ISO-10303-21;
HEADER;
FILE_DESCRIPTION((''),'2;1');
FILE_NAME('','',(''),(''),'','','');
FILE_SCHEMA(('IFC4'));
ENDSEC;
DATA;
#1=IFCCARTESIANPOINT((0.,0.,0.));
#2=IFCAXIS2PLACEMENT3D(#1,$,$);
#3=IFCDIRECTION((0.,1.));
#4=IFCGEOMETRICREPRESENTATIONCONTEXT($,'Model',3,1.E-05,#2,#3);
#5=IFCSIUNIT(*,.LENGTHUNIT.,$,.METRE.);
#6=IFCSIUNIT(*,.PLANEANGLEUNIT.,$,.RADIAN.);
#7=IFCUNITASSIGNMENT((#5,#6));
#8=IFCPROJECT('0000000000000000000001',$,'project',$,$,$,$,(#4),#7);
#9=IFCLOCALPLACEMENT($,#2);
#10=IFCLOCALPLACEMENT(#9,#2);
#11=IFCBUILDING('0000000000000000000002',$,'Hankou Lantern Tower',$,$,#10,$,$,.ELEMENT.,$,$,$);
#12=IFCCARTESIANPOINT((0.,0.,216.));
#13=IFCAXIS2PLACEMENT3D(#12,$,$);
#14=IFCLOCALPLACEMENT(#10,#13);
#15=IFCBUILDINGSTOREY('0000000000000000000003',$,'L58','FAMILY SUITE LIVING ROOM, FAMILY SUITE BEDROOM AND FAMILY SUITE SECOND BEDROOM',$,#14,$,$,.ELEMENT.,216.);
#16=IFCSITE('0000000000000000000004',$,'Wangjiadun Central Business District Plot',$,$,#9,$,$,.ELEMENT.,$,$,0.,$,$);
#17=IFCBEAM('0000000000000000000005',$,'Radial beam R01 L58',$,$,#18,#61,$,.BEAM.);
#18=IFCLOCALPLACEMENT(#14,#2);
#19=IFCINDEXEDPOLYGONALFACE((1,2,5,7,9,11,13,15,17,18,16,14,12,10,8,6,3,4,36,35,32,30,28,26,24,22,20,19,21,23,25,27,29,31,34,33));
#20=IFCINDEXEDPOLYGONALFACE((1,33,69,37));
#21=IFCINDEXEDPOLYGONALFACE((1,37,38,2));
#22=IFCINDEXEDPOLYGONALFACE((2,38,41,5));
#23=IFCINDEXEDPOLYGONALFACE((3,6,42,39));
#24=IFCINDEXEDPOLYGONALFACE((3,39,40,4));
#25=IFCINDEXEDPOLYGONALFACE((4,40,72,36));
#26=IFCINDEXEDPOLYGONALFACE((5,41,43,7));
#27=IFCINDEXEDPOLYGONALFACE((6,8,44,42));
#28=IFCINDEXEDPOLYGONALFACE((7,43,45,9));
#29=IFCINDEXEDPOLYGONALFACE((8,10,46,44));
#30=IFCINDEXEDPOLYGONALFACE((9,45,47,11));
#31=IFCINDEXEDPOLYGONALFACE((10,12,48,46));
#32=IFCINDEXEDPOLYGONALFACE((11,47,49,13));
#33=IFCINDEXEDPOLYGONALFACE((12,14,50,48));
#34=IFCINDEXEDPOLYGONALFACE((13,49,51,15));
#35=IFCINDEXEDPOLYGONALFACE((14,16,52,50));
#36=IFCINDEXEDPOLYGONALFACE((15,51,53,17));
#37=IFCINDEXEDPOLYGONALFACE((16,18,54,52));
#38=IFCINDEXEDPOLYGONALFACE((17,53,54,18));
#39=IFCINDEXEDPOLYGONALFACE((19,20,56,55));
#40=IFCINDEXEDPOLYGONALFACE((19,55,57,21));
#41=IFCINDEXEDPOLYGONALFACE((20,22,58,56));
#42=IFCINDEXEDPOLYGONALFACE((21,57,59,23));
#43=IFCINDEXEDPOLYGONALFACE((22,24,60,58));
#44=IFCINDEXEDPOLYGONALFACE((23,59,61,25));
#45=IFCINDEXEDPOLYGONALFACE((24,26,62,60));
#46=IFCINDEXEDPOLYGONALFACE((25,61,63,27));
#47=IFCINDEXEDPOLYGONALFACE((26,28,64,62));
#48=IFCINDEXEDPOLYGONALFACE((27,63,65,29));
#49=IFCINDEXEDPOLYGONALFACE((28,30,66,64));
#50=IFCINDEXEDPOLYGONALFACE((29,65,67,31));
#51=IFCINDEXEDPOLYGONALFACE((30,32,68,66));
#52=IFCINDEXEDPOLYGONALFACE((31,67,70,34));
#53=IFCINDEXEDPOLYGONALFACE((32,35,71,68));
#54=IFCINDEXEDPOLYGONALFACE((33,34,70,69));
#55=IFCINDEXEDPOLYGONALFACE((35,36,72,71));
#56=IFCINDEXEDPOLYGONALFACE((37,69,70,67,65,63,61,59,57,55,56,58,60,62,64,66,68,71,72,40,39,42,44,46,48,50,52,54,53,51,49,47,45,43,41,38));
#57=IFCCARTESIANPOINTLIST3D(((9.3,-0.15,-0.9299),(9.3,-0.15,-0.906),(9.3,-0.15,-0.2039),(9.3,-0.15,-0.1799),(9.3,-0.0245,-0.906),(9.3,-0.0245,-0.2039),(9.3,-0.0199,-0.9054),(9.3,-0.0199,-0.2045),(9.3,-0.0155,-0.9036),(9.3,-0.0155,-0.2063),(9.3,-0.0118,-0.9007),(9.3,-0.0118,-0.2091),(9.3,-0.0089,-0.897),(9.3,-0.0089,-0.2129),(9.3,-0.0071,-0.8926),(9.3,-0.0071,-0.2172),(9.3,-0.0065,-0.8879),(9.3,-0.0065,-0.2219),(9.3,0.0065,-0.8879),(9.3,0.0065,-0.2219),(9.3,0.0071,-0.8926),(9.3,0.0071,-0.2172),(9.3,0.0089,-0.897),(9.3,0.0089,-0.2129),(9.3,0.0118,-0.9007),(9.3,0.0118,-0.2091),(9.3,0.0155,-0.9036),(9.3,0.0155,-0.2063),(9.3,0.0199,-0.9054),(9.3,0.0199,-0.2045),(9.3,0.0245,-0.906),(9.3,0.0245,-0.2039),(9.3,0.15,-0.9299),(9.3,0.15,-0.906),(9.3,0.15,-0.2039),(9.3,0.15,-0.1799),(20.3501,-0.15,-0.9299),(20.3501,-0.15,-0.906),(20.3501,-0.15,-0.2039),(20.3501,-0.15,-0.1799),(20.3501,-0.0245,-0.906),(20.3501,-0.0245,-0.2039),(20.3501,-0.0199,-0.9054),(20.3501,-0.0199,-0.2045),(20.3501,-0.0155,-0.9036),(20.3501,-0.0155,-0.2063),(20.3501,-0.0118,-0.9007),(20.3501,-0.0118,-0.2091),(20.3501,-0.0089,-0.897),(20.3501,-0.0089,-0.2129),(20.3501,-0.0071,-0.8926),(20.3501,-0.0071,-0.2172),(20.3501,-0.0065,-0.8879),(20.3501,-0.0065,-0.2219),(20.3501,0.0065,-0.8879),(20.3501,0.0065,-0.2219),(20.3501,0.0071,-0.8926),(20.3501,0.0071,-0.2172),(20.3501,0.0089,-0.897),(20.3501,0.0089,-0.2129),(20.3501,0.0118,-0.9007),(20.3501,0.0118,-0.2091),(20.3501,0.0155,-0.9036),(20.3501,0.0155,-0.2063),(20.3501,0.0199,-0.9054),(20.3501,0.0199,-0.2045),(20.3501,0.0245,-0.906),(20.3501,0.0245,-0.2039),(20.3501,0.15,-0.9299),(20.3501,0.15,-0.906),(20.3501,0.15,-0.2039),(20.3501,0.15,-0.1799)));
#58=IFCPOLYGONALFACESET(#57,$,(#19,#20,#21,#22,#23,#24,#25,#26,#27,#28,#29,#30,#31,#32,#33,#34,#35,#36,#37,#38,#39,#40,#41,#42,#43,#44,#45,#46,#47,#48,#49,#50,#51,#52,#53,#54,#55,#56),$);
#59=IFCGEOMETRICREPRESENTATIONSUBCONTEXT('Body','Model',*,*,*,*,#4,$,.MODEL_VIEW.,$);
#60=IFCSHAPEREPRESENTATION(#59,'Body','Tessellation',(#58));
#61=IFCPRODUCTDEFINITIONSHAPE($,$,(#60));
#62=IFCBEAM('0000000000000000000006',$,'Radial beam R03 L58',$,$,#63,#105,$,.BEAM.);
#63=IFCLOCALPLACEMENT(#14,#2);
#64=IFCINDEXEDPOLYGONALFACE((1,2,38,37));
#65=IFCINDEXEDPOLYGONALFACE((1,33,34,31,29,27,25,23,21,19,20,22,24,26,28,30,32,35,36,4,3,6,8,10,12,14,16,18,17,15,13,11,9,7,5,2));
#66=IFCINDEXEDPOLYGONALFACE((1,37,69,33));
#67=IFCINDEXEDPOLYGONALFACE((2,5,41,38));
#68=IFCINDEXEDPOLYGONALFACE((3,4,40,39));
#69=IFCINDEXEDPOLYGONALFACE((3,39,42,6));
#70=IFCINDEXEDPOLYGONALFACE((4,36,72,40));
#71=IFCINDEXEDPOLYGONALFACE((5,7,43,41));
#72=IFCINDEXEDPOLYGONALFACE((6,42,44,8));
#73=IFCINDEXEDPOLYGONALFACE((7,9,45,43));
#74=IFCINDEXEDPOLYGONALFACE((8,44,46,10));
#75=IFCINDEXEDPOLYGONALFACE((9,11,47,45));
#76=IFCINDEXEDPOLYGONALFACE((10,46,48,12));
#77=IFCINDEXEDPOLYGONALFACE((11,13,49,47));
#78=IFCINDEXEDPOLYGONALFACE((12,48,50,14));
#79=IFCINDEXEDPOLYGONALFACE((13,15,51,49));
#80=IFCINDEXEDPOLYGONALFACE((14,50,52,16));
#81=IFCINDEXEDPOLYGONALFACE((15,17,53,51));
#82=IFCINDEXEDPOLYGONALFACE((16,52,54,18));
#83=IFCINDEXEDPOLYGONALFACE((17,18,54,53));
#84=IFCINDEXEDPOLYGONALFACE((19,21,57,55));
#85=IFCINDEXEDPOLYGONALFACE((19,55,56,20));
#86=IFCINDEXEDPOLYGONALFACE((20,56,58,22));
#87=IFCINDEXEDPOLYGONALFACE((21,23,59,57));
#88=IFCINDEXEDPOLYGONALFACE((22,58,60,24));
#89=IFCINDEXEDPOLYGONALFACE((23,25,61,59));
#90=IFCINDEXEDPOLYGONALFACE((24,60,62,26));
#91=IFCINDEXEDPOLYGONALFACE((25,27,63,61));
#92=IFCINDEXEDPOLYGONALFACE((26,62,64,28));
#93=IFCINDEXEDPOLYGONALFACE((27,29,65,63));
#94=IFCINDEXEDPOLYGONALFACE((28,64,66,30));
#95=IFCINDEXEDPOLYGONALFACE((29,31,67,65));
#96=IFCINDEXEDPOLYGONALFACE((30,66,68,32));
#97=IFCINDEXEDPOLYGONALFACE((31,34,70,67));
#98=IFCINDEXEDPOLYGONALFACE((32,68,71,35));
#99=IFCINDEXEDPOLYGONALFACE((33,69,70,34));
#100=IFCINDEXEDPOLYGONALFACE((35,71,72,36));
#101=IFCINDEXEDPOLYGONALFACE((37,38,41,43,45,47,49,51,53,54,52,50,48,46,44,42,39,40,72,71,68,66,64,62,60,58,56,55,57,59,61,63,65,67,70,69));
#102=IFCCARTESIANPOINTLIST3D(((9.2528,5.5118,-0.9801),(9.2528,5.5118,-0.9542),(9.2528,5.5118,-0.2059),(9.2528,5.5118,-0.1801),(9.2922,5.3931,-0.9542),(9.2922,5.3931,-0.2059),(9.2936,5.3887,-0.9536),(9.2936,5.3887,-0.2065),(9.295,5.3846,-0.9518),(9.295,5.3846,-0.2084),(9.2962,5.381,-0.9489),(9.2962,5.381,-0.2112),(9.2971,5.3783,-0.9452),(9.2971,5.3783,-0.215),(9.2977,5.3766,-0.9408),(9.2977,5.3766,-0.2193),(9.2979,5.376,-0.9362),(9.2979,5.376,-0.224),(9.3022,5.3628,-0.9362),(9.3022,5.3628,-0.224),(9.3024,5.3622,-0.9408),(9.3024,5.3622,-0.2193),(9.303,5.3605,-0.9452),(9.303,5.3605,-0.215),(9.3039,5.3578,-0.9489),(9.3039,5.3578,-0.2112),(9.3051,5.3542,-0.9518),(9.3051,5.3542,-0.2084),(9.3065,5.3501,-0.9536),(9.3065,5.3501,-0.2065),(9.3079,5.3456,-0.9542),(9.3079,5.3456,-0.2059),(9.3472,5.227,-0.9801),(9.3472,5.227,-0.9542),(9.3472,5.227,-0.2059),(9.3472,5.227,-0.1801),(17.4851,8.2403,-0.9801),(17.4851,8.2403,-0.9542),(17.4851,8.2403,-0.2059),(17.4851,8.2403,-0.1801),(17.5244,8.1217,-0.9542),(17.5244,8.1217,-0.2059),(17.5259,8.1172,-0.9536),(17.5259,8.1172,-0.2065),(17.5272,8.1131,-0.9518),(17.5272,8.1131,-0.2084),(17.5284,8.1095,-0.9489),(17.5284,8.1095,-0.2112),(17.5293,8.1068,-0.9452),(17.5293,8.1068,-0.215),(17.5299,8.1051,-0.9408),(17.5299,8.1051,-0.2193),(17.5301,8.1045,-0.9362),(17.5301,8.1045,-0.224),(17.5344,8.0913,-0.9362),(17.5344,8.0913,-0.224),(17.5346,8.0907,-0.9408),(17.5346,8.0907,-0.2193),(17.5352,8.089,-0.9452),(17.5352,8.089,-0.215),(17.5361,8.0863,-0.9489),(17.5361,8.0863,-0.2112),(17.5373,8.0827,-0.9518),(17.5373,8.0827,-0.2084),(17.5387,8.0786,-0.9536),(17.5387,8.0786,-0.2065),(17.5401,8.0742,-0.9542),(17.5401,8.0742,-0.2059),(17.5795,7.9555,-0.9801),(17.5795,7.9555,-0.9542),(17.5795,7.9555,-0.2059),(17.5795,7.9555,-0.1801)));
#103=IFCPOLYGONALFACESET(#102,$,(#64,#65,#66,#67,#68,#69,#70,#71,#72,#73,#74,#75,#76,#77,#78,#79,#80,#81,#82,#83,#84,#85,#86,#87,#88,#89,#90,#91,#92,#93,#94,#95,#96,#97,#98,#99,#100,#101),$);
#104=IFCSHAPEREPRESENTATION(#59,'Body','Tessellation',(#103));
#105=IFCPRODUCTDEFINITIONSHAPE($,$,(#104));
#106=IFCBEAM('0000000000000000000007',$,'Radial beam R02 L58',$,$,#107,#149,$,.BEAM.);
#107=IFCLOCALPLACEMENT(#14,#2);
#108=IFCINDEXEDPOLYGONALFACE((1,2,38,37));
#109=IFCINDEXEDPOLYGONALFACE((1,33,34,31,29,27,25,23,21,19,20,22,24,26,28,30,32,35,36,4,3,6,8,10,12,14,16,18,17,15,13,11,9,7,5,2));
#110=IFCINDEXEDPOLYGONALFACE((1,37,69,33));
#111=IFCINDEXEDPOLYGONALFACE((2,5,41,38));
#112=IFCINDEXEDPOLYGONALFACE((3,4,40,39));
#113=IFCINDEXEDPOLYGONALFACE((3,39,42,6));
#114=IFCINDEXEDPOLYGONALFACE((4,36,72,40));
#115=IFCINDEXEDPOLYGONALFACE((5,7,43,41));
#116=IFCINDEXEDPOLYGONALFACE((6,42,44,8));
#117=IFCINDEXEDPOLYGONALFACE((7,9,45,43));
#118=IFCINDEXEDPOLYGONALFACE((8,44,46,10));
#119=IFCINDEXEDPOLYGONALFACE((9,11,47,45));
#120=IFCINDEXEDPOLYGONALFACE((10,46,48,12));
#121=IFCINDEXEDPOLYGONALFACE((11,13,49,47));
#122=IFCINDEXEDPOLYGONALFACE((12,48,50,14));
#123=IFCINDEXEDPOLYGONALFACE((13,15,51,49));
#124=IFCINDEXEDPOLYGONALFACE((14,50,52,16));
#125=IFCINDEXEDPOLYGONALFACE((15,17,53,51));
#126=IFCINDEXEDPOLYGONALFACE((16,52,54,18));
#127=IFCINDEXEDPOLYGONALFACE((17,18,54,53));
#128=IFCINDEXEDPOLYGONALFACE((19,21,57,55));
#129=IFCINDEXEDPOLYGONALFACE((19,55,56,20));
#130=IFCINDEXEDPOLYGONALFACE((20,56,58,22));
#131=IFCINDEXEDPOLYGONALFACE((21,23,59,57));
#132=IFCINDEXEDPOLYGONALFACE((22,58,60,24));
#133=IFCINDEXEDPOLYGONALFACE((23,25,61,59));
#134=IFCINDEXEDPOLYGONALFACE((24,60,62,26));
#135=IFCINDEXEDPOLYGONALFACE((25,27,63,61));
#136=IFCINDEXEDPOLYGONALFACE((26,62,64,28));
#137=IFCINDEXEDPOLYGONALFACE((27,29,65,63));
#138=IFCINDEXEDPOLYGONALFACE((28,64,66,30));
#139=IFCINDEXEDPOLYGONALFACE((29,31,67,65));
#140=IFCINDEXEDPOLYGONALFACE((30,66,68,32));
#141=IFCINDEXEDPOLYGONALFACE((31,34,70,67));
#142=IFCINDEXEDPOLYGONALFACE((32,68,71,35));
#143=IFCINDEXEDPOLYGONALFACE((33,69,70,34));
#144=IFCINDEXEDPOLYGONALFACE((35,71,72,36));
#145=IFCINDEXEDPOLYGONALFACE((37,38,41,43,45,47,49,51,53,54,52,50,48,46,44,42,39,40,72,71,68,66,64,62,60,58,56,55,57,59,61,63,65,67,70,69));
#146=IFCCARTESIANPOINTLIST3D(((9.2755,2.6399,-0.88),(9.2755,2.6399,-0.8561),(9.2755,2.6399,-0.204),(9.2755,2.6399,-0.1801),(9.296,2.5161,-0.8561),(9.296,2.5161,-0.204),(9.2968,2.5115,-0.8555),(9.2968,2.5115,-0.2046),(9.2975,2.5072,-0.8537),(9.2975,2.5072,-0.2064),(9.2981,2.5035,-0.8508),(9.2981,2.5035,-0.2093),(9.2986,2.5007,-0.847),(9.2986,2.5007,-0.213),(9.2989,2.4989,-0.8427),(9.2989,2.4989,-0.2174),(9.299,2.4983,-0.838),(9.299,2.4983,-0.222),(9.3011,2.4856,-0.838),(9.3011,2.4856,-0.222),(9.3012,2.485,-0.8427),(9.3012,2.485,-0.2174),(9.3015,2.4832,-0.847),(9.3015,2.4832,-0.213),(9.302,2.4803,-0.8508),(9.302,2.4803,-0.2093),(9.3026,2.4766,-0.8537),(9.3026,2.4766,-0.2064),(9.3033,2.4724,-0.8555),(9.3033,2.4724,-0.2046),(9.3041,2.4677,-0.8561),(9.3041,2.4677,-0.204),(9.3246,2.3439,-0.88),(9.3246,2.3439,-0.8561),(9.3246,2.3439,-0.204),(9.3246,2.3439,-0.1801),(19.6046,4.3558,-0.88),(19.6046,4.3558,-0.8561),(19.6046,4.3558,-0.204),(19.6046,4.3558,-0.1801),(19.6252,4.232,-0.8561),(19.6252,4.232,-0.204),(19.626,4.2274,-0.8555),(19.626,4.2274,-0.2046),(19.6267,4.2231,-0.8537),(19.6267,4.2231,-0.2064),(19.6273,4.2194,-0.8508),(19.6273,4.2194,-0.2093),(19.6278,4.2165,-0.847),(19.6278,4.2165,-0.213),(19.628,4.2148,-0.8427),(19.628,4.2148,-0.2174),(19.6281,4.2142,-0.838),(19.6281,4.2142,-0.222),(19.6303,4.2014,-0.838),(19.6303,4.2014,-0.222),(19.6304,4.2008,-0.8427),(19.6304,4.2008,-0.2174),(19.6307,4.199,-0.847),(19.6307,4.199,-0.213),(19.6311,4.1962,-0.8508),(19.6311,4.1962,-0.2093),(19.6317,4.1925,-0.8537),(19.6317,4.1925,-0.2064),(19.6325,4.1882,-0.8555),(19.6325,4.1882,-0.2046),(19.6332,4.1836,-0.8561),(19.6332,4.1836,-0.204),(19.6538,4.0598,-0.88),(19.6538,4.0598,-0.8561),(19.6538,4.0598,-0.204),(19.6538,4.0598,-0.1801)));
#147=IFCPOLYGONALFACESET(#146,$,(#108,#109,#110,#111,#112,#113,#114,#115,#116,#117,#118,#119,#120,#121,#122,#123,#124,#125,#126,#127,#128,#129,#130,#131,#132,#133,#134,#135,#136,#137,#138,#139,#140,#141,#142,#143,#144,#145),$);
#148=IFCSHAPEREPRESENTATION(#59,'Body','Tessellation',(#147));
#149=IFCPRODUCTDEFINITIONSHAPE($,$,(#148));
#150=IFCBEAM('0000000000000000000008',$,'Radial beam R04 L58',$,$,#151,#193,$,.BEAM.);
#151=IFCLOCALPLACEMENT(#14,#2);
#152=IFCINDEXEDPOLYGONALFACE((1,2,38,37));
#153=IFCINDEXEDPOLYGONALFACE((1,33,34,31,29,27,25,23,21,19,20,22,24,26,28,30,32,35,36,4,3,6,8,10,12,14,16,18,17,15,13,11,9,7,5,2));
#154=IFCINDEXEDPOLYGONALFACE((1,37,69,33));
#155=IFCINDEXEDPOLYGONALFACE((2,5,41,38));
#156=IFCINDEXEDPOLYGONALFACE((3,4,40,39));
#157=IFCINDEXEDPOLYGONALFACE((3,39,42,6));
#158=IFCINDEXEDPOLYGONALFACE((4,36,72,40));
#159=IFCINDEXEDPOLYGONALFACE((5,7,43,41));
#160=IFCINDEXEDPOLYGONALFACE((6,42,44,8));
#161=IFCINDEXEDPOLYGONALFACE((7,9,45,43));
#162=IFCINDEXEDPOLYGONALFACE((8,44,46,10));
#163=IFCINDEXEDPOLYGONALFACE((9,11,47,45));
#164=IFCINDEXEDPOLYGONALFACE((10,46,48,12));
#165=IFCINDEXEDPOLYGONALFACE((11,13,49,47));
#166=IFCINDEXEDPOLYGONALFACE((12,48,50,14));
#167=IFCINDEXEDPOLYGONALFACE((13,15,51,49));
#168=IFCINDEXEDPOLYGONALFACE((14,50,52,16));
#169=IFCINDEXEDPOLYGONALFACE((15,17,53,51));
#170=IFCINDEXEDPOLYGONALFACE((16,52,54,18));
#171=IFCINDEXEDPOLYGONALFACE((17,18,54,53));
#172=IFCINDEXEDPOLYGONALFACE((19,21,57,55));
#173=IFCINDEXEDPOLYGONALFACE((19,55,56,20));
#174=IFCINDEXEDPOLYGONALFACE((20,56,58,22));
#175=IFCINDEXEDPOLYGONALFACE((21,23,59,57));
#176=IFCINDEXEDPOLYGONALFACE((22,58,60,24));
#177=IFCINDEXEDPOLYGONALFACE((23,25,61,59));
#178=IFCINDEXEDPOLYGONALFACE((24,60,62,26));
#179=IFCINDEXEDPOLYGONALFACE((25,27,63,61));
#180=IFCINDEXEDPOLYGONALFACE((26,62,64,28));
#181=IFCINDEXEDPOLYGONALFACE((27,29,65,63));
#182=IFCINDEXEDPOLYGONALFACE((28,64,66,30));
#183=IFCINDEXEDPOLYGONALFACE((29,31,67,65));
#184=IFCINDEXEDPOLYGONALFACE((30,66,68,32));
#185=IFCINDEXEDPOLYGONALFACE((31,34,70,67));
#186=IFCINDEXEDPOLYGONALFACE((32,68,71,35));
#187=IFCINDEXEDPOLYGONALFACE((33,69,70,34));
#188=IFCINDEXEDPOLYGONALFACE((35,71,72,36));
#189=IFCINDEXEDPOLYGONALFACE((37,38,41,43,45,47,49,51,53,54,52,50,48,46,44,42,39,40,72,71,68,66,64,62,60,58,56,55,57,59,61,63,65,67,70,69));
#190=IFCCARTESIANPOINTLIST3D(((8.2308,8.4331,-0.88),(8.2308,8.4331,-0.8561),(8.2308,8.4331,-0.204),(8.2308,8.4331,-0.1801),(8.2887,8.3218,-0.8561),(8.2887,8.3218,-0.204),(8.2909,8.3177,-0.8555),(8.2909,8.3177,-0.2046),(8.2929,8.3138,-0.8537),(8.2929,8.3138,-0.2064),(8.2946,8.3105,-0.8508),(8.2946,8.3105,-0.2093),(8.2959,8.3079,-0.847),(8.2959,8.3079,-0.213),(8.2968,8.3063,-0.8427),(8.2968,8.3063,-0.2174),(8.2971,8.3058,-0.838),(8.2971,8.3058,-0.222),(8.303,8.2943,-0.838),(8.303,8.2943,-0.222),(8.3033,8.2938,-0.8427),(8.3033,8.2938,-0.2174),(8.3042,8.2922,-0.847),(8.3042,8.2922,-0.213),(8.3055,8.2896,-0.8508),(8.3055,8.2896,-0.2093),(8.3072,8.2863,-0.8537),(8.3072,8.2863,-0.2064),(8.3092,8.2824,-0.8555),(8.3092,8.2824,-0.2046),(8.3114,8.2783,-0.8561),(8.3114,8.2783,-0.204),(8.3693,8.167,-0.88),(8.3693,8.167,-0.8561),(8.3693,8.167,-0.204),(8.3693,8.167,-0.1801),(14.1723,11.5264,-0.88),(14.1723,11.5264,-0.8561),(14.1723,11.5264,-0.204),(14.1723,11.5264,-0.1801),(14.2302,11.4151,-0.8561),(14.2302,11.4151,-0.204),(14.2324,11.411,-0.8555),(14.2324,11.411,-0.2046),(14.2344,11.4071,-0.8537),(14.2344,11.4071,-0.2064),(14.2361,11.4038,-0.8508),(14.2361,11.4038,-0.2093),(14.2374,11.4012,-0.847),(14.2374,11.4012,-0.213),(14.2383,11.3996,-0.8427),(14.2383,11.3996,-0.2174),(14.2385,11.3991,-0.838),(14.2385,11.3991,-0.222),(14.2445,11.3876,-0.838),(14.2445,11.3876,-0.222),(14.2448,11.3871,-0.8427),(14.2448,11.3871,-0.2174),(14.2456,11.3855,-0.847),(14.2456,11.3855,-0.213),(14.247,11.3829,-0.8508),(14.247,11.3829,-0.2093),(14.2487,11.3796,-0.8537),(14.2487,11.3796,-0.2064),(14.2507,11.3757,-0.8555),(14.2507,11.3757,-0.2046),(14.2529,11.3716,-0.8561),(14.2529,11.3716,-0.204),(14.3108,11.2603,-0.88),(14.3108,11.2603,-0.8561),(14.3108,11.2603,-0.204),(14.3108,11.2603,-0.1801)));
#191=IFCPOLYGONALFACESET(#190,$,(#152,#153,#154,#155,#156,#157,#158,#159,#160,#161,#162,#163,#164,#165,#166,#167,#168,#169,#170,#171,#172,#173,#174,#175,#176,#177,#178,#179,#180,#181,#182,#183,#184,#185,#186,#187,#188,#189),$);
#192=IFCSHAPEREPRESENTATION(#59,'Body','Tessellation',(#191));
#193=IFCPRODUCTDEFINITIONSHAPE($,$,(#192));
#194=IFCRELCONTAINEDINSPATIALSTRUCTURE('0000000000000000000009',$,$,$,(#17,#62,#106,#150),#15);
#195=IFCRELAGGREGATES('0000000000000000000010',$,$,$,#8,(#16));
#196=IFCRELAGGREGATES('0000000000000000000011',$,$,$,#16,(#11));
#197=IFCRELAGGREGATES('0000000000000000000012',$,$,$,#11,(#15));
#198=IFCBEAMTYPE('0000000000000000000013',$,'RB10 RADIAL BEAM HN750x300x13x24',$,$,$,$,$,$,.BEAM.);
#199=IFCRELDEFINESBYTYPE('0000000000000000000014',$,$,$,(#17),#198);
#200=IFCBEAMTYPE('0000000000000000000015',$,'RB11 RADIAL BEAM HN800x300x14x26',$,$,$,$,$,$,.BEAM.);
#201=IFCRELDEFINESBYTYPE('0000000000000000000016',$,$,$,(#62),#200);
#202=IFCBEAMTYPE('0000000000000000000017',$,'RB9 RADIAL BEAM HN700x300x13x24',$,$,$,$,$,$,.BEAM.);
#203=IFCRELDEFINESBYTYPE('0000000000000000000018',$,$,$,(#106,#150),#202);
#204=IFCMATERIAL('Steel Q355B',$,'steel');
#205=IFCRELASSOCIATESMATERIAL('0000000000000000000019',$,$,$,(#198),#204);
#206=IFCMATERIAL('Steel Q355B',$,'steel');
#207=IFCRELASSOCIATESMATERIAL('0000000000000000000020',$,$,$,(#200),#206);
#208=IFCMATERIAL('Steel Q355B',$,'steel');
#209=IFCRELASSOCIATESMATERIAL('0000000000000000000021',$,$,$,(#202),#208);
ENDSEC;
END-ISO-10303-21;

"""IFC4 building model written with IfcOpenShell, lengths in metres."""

from ifc_helpers import new_model, si_unit, direction, frame, origin, origin_2d, place, context, subcontext, project, spatial, i_section, extrude, material, material_profile, profile_set, type_object, element, save


model = new_model("IFC4")

# Units and contexts
model_context = context("Model", 3, precision=1e-05, world=origin(), true_north=direction((0.0, 1.0)))
body_context = subcontext(model_context, "Body", "Model", "MODEL_VIEW")
ifc_project = project(units=[si_unit("LENGTHUNIT", "METRE"), si_unit("PLANEANGLEUNIT", "RADIAN")], contexts=[model_context])

# Site, building, storey
site_placement = place(None, origin())
site = spatial("IfcSite", under=ifc_project, at=site_placement, Name="Wangjiadun Central Business District Plot", CompositionType="ELEMENT", RefElevation=0.0)
building_placement = place(site_placement, origin())
building = spatial("IfcBuilding", under=site, at=building_placement, Name="Hankou Lantern Tower", CompositionType="ELEMENT")
storey_placement = place(building_placement, frame((0.0, 0.0, 216.0)))
storey = spatial("IfcBuildingStorey", under=building, at=storey_placement, Name="L58", Description="FAMILY SUITE LIVING ROOM, FAMILY SUITE BEDROOM AND FAMILY SUITE SECOND BEDROOM", CompositionType="ELEMENT", Elevation=216.0)

# Beams
ifc_material_1 = material(Name="Steel Q355B", Category="steel")
ifc_material_profile_1 = material_profile(ifc_material_1, i_section(OverallWidth=0.3, OverallDepth=0.75, WebThickness=0.0129, FlangeThickness=0.0239, FilletRadius=0.0181, at=origin_2d()), Name="HN750x300x13x24")
ifc_profile_set_1 = profile_set([ifc_material_profile_1], Name="Steel Q355B")
beam_type_1 = type_object("IfcBeamType", Name="RB10 RADIAL BEAM HN750x300x13x24", PredefinedType="BEAM", material=ifc_profile_set_1)
beam_1_placement = place(storey_placement, frame((9.3, 0.0, -0.5549), z_axis=(1.0, 0.0, 0.0), x_axis=(0.0, 1.0, 0.0)))
element("IfcBeam", 1, at=beam_1_placement, inside=storey, type_object=beam_type_1, Name="Radial beam R01 L58", PredefinedType="BEAM", context=body_context, shape_type="SweptSolid", body=[
    extrude(i_section(OverallWidth=0.3, OverallDepth=0.75, WebThickness=0.0129, FlangeThickness=0.0239, FilletRadius=0.0181, at=origin_2d()), origin(), (0.0, 0.0, 1.0), 11.05),
])
ifc_material_2 = material(Name="Steel Q355B", Category="steel")
ifc_material_profile_2 = material_profile(ifc_material_2, i_section(OverallWidth=0.3, OverallDepth=0.8, WebThickness=0.0139, FlangeThickness=0.0259, FilletRadius=0.0181, at=origin_2d()), Name="HN800x300x14x26")
ifc_profile_set_2 = profile_set([ifc_material_profile_2], Name="Steel Q355B")
beam_type_2 = type_object("IfcBeamType", Name="RB11 RADIAL BEAM HN800x300x14x26", PredefinedType="BEAM", material=ifc_profile_set_2)
beam_2_placement = place(storey_placement, frame((9.3, 5.3694, -0.5801), z_axis=(0.94922, 0.314614, 0.0), x_axis=(-0.314614, 0.94922, 0.0)))
element("IfcBeam", 2, at=beam_2_placement, inside=storey, type_object=beam_type_2, Name="Radial beam R03 L58", PredefinedType="BEAM", context=body_context, shape_type="SweptSolid", body=[
    extrude(i_section(OverallWidth=0.3, OverallDepth=0.8, WebThickness=0.0139, FlangeThickness=0.0259, FilletRadius=0.0181, at=origin_2d()), origin(), (0.0, 0.0, 1.0), 8.6726),
])
ifc_material_3 = material(Name="Steel Q355B", Category="steel")
ifc_material_profile_3 = material_profile(ifc_material_3, i_section(OverallWidth=0.3, OverallDepth=0.7, WebThickness=0.0129, FlangeThickness=0.0239, FilletRadius=0.0181, at=origin_2d()), Name="HN700x300x13x24")
ifc_profile_set_3 = profile_set([ifc_material_profile_3], Name="Steel Q355B")
beam_type_3 = type_object("IfcBeamType", Name="RB9 RADIAL BEAM HN700x300x13x24", PredefinedType="BEAM", material=ifc_profile_set_3)
beam_3_placement = place(storey_placement, frame((9.3, 2.4919, -0.53), z_axis=(0.986482, 0.16387, 0.0), x_axis=(-0.16387, 0.986482, 0.0)))
element("IfcBeam", 3, at=beam_3_placement, inside=storey, type_object=beam_type_3, Name="Radial beam R02 L58", PredefinedType="BEAM", context=body_context, shape_type="SweptSolid", body=[
    extrude(i_section(OverallWidth=0.3, OverallDepth=0.7, WebThickness=0.0129, FlangeThickness=0.0239, FilletRadius=0.0181, at=origin_2d()), origin(), (0.0, 0.0, 1.0), 10.4707),
])
beam_4_placement = place(storey_placement, frame((8.3, 8.3, -0.53), z_axis=(0.886989, 0.461791, 0.0), x_axis=(-0.461791, 0.886989, 0.0)))
element("IfcBeam", 4, at=beam_4_placement, inside=storey, type_object=beam_type_3, Name="Radial beam R04 L58", PredefinedType="BEAM", context=body_context, shape_type="SweptSolid", body=[
    extrude(i_section(OverallWidth=0.3, OverallDepth=0.7, WebThickness=0.0129, FlangeThickness=0.0239, FilletRadius=0.0181, at=origin_2d()), origin(), (0.0, 0.0, 1.0), 6.6985),
])

save(model, "model.ifc")
